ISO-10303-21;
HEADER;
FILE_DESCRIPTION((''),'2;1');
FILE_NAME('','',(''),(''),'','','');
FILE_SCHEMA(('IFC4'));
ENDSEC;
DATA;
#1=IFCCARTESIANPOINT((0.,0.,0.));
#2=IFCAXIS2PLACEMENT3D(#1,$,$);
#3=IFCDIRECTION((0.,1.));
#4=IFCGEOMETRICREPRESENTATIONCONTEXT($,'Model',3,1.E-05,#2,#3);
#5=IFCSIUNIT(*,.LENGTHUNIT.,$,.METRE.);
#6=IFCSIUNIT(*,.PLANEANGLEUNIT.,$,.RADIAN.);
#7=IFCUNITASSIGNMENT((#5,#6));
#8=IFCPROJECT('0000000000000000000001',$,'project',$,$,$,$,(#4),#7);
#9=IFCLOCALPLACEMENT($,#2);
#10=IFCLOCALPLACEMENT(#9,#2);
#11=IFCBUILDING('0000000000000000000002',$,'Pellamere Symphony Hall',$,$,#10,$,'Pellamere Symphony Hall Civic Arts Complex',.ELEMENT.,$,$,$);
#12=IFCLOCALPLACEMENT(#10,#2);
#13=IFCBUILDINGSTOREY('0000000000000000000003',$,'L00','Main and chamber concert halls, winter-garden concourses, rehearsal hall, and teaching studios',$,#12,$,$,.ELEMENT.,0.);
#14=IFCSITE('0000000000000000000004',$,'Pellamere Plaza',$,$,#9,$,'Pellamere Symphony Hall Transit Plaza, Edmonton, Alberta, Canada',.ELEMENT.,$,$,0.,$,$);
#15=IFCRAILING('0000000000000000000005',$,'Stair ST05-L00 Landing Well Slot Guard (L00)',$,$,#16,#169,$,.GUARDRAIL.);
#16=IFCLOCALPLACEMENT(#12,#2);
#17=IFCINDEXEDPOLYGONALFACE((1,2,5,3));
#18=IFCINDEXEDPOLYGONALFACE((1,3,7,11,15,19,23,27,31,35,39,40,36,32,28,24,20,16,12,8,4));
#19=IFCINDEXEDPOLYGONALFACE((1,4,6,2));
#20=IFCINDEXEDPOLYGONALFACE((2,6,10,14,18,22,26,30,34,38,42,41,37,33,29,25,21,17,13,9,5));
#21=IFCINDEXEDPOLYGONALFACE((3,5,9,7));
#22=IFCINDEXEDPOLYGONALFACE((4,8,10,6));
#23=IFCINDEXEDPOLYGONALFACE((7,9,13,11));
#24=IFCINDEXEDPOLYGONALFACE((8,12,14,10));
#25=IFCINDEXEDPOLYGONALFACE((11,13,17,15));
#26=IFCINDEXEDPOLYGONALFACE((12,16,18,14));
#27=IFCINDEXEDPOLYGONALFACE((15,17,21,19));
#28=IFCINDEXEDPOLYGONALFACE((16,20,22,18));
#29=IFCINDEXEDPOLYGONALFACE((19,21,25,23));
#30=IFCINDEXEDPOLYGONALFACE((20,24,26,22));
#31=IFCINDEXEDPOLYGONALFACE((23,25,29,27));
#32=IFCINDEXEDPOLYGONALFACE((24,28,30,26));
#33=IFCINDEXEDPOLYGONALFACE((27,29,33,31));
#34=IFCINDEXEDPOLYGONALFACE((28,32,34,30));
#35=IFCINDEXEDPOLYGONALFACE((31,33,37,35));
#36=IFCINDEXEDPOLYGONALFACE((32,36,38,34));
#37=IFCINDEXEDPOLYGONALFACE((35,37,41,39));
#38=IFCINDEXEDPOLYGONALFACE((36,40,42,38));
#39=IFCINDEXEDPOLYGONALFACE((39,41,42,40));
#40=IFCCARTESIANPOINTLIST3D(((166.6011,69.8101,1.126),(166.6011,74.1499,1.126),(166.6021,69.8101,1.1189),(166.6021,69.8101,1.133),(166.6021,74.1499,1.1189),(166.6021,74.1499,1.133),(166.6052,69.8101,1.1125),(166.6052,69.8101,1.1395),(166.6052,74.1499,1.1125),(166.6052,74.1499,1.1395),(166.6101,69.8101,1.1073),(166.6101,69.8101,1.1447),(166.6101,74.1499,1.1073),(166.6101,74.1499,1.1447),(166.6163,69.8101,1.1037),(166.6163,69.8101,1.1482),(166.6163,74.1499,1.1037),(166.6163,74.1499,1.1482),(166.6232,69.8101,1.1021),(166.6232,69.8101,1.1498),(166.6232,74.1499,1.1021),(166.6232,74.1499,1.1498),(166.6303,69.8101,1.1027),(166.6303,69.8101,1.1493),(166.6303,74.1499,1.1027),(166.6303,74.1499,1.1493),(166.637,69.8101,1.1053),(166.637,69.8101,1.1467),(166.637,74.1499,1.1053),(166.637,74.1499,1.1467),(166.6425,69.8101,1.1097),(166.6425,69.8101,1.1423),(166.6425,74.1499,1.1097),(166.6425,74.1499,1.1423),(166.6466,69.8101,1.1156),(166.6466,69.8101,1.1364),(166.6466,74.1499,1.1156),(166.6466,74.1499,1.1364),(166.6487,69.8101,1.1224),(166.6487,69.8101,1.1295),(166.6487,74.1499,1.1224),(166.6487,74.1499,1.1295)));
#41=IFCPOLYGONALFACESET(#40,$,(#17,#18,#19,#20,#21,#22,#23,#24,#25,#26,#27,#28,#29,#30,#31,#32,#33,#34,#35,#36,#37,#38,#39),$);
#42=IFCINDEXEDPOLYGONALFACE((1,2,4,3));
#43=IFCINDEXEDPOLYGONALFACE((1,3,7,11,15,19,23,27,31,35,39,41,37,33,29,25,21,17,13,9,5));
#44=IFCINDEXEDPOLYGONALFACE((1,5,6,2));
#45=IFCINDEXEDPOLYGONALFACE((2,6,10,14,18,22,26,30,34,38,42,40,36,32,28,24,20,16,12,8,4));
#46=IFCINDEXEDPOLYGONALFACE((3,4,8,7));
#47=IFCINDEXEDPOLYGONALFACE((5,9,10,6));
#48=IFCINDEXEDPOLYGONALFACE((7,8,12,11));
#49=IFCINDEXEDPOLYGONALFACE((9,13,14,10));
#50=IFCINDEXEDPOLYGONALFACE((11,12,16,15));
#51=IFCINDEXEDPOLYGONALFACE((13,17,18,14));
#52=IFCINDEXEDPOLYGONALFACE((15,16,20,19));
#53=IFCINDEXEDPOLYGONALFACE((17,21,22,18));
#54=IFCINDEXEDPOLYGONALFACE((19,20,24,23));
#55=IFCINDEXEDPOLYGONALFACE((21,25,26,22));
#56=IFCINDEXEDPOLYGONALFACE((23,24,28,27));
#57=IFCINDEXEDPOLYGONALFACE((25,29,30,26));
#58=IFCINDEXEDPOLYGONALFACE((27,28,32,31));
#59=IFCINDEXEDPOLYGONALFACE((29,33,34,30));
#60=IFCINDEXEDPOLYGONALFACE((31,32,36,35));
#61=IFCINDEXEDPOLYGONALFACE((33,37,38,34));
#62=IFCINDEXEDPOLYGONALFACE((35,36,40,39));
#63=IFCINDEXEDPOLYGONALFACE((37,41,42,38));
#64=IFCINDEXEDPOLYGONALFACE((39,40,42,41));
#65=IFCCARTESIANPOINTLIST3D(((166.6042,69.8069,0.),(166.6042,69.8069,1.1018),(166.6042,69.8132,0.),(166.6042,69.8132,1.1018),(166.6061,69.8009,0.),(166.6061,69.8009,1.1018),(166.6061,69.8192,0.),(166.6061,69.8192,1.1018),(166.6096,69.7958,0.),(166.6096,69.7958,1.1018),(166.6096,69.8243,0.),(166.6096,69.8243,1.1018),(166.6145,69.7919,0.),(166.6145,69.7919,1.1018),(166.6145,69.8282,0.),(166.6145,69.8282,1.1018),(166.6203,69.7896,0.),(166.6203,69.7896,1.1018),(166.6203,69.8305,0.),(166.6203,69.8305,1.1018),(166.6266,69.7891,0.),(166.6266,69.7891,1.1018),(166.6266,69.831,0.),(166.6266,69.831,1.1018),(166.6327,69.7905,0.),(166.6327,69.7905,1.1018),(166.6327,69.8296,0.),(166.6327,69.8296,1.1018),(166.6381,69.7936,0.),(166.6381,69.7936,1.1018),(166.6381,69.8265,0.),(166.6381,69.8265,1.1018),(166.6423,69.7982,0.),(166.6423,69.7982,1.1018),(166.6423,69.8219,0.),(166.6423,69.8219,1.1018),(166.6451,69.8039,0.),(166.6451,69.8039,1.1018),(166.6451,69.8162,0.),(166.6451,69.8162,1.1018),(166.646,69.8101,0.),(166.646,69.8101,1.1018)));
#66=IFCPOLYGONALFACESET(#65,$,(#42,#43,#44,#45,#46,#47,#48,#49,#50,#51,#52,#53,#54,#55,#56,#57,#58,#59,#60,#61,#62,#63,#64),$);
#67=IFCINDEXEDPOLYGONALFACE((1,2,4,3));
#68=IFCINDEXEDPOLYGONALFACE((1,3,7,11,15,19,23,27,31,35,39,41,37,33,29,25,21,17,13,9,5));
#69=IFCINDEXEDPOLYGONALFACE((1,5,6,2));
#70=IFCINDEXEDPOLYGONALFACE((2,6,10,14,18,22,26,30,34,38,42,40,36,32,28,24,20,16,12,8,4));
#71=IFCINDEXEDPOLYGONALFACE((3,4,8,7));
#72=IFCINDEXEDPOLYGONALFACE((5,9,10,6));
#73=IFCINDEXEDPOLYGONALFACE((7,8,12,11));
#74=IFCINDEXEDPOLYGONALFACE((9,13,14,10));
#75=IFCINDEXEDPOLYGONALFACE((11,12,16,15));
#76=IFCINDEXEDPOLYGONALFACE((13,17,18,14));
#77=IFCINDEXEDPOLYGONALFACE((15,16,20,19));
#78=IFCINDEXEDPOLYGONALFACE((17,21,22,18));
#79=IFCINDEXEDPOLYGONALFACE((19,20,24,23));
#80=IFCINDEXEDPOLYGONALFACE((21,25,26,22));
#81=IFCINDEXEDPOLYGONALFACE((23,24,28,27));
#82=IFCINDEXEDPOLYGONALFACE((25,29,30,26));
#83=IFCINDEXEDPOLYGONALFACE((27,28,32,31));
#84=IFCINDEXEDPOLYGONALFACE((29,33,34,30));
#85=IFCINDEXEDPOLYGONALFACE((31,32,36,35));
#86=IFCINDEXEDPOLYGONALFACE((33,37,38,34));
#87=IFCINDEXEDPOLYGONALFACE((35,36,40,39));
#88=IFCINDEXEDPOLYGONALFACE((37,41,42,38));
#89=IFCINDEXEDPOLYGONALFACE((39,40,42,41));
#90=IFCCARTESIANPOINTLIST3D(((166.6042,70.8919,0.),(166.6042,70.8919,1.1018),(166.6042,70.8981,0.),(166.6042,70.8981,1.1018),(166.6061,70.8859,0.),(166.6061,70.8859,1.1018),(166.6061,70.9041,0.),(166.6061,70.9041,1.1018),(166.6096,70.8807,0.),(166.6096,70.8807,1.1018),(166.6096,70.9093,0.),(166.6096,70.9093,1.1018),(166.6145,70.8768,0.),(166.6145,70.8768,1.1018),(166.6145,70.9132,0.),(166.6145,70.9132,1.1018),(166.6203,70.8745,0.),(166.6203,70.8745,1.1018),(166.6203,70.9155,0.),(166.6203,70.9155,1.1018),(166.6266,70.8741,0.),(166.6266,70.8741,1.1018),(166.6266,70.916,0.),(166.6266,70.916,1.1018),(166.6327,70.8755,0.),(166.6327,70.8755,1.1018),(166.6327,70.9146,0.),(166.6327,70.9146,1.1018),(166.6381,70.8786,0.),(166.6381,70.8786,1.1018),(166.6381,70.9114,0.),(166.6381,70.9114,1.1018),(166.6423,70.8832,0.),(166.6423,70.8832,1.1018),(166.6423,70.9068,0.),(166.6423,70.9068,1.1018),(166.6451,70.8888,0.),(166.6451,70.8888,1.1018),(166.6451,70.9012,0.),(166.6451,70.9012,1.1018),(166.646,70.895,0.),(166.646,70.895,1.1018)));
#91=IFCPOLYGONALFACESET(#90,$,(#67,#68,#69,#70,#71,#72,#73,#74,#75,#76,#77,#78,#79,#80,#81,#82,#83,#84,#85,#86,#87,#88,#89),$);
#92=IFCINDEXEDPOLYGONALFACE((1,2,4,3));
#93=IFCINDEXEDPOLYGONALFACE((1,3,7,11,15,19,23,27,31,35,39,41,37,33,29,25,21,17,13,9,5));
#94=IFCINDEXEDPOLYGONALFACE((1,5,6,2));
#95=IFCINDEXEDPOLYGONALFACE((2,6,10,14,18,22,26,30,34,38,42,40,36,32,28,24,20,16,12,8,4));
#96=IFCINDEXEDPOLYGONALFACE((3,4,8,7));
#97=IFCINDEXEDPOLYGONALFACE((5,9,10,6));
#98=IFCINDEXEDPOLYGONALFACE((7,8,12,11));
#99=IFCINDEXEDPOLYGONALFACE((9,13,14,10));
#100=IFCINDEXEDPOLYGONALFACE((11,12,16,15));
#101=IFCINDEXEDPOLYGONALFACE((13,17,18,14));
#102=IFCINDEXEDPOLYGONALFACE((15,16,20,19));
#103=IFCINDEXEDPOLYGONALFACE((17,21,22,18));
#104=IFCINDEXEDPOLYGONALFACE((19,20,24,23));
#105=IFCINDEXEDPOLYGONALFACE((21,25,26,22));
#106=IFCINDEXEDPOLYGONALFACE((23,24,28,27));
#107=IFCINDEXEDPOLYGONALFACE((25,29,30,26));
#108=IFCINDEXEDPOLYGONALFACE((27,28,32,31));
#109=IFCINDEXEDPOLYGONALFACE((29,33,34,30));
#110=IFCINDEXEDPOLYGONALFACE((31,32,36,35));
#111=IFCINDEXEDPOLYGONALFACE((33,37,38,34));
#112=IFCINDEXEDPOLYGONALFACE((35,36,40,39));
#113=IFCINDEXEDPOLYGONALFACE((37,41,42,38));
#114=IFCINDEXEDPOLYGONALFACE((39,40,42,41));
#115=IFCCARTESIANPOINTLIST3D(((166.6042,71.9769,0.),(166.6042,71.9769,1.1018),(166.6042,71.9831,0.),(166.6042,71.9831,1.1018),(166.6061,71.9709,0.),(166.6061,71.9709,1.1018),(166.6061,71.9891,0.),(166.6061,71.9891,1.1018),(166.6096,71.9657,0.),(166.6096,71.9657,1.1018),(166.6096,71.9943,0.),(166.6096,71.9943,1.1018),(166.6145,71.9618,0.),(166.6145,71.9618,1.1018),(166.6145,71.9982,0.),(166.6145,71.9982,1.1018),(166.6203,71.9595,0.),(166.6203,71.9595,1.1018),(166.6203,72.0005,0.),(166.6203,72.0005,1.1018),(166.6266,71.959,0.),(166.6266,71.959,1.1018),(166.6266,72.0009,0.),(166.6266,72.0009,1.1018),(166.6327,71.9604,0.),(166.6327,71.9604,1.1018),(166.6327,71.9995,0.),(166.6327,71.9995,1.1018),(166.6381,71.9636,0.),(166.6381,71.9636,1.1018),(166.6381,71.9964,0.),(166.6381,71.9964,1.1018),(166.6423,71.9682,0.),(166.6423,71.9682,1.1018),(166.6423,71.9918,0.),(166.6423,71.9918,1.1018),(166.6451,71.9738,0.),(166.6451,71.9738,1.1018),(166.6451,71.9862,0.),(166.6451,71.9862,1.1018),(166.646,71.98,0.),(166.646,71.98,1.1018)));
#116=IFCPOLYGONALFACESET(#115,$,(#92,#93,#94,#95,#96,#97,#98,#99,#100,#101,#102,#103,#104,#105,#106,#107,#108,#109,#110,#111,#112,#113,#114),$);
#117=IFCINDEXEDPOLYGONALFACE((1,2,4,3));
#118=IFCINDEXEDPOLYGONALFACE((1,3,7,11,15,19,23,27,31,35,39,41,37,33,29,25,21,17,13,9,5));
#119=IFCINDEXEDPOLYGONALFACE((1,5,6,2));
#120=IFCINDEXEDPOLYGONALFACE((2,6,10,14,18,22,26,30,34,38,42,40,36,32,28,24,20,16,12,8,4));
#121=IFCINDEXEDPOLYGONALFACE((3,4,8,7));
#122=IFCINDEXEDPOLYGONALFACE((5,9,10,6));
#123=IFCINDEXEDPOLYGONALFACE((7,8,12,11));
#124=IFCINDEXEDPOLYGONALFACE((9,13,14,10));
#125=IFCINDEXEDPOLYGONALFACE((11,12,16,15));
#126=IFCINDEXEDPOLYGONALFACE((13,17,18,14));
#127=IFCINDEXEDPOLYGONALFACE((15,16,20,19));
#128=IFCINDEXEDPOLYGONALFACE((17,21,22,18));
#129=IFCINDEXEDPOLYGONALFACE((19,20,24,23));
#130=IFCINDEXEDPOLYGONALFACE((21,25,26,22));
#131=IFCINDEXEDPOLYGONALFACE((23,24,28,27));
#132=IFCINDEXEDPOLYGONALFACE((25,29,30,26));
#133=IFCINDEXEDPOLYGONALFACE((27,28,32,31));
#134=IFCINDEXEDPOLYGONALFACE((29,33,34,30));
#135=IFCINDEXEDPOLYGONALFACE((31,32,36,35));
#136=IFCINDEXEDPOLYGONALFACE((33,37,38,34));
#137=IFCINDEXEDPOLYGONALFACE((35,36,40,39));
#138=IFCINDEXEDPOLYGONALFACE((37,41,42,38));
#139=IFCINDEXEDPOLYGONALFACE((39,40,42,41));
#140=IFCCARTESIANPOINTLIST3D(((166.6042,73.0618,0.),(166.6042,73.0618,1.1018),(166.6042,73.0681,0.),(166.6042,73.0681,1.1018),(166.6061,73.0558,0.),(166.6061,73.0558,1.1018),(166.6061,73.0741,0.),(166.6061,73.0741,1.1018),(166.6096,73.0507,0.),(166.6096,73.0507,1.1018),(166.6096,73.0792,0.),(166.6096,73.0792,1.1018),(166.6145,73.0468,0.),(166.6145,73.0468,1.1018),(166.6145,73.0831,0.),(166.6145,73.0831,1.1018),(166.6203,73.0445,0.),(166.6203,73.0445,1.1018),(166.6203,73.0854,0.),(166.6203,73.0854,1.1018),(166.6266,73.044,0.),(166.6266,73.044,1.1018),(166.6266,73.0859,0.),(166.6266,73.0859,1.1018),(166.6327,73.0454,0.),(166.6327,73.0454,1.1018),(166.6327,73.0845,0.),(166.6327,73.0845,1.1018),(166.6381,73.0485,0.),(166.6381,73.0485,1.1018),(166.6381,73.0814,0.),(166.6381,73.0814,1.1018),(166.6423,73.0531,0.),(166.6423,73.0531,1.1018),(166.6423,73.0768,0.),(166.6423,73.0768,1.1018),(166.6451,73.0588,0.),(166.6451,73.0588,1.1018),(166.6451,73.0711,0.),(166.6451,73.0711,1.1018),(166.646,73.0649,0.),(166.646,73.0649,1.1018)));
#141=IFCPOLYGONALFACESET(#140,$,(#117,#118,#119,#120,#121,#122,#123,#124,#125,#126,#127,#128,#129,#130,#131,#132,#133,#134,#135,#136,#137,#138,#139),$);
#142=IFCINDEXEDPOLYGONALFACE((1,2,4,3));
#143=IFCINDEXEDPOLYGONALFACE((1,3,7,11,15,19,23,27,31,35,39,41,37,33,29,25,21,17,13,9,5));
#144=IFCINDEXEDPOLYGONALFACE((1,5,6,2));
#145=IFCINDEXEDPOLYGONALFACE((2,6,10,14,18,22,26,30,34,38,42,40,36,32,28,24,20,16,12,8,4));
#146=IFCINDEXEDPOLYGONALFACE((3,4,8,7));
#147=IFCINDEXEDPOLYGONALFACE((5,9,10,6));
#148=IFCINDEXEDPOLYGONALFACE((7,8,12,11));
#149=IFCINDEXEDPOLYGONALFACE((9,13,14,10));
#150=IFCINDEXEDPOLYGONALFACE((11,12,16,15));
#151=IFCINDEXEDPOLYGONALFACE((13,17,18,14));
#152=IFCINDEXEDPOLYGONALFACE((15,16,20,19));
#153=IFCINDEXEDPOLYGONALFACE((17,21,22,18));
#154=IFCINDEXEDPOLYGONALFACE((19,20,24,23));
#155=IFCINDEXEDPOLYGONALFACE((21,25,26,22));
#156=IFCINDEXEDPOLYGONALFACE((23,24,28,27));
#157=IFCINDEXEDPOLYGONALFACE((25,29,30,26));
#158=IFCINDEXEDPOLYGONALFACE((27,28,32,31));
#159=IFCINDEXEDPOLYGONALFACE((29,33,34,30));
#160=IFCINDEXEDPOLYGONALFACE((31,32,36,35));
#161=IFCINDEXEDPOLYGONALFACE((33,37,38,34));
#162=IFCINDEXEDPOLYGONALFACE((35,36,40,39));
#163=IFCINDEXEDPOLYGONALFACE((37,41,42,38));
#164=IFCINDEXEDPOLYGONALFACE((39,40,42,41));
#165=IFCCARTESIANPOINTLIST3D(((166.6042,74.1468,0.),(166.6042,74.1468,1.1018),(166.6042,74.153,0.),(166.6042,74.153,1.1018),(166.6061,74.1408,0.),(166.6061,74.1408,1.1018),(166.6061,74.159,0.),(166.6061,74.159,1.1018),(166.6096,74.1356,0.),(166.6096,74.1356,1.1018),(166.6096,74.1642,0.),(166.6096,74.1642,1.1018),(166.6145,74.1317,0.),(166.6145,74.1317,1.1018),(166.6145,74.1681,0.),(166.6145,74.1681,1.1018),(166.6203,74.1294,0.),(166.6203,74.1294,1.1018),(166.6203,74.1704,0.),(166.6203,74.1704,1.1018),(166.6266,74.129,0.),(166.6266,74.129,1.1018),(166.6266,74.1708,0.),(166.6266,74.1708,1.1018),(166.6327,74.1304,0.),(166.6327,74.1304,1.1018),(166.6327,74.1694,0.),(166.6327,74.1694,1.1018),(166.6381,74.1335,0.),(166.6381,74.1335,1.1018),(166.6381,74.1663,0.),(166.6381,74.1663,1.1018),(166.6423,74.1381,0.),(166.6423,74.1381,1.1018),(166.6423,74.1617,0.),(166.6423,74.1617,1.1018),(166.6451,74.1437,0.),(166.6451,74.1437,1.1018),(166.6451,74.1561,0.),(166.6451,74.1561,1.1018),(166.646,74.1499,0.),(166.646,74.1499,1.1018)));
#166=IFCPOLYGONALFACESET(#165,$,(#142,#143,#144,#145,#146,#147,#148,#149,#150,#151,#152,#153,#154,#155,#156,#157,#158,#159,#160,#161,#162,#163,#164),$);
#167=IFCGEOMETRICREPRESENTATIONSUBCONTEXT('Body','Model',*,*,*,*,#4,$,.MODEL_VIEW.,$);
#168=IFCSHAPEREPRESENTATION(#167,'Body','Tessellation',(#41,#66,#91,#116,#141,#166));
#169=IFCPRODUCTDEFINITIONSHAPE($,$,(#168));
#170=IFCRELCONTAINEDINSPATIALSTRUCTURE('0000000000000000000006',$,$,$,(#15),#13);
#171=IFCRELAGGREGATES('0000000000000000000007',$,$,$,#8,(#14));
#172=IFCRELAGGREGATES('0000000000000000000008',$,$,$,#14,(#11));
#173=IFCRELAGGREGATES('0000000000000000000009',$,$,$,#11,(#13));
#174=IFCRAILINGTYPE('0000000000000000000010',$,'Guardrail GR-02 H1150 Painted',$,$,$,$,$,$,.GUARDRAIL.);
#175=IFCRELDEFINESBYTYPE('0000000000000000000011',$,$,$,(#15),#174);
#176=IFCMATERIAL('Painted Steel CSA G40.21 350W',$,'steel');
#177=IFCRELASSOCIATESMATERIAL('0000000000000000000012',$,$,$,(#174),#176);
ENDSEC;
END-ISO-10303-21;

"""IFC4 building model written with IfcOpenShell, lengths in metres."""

from ifc_helpers import new_model, si_unit, direction, frame, origin, origin_2d, place, context, subcontext, project, spatial, circle, extrude, material, type_object, element, save


model = new_model("IFC4")

# Units and contexts
model_context = context("Model", 3, precision=1e-05, world=origin(), true_north=direction((0.0, 1.0)))
body_context = subcontext(model_context, "Body", "Model", "MODEL_VIEW")
ifc_project = project(units=[si_unit("LENGTHUNIT", "METRE"), si_unit("PLANEANGLEUNIT", "RADIAN")], contexts=[model_context])

# Site, building, storey
site_placement = place(None, origin())
site = spatial("IfcSite", under=ifc_project, at=site_placement, Name="Pellamere Plaza", LongName="Pellamere Symphony Hall Transit Plaza, Edmonton, Alberta, Canada", CompositionType="ELEMENT", RefElevation=0.0)
building_placement = place(site_placement, origin())
building = spatial("IfcBuilding", under=site, at=building_placement, Name="Pellamere Symphony Hall", LongName="Pellamere Symphony Hall Civic Arts Complex", CompositionType="ELEMENT")
storey_placement = place(building_placement, origin())
storey = spatial("IfcBuildingStorey", under=building, at=storey_placement, Name="L00", Description="Main and chamber concert halls, winter-garden concourses, rehearsal hall, and teaching studios", CompositionType="ELEMENT", Elevation=0.0)

# Railing
ifc_material_1 = material(Name="Painted Steel CSA G40.21 350W", Category="steel")
railing_type_1 = type_object("IfcRailingType", Name="Guardrail GR-02 H1150 Painted", PredefinedType="GUARDRAIL", material=ifc_material_1)
railing_1_placement = place(storey_placement, frame((166.625, 69.8101, 0.0)))
element("IfcRailing", 1, at=railing_1_placement, inside=storey, type_object=railing_type_1, Name="Stair ST05-L00 Landing Well Slot Guard (L00)", PredefinedType="GUARDRAIL", context=body_context, shape_type="SweptSolid", body=[
    extrude(circle(Radius=0.0239, at=origin_2d()), frame((0.0, 0.0, 1.126), z_axis=(0.0, 1.0, 0.0), x_axis=(-1.0, 0.0, 0.0)), (0.0, 0.0, 1.0), 4.3398),
    extrude(circle(Radius=0.021, at=origin_2d()), origin(), (0.0, 0.0, 1.0), 1.1018),
    extrude(circle(Radius=0.021, at=origin_2d()), frame((0.0, 1.085, 0.0)), (0.0, 0.0, 1.0), 1.1018),
    extrude(circle(Radius=0.021, at=origin_2d()), frame((0.0, 2.1699, 0.0)), (0.0, 0.0, 1.0), 1.1018),
    extrude(circle(Radius=0.021, at=origin_2d()), frame((0.0, 3.2549, 0.0)), (0.0, 0.0, 1.0), 1.1018),
    extrude(circle(Radius=0.021, at=origin_2d()), frame((0.0, 4.3398, 0.0)), (0.0, 0.0, 1.0), 1.1018),
])

save(model, "model.ifc")
